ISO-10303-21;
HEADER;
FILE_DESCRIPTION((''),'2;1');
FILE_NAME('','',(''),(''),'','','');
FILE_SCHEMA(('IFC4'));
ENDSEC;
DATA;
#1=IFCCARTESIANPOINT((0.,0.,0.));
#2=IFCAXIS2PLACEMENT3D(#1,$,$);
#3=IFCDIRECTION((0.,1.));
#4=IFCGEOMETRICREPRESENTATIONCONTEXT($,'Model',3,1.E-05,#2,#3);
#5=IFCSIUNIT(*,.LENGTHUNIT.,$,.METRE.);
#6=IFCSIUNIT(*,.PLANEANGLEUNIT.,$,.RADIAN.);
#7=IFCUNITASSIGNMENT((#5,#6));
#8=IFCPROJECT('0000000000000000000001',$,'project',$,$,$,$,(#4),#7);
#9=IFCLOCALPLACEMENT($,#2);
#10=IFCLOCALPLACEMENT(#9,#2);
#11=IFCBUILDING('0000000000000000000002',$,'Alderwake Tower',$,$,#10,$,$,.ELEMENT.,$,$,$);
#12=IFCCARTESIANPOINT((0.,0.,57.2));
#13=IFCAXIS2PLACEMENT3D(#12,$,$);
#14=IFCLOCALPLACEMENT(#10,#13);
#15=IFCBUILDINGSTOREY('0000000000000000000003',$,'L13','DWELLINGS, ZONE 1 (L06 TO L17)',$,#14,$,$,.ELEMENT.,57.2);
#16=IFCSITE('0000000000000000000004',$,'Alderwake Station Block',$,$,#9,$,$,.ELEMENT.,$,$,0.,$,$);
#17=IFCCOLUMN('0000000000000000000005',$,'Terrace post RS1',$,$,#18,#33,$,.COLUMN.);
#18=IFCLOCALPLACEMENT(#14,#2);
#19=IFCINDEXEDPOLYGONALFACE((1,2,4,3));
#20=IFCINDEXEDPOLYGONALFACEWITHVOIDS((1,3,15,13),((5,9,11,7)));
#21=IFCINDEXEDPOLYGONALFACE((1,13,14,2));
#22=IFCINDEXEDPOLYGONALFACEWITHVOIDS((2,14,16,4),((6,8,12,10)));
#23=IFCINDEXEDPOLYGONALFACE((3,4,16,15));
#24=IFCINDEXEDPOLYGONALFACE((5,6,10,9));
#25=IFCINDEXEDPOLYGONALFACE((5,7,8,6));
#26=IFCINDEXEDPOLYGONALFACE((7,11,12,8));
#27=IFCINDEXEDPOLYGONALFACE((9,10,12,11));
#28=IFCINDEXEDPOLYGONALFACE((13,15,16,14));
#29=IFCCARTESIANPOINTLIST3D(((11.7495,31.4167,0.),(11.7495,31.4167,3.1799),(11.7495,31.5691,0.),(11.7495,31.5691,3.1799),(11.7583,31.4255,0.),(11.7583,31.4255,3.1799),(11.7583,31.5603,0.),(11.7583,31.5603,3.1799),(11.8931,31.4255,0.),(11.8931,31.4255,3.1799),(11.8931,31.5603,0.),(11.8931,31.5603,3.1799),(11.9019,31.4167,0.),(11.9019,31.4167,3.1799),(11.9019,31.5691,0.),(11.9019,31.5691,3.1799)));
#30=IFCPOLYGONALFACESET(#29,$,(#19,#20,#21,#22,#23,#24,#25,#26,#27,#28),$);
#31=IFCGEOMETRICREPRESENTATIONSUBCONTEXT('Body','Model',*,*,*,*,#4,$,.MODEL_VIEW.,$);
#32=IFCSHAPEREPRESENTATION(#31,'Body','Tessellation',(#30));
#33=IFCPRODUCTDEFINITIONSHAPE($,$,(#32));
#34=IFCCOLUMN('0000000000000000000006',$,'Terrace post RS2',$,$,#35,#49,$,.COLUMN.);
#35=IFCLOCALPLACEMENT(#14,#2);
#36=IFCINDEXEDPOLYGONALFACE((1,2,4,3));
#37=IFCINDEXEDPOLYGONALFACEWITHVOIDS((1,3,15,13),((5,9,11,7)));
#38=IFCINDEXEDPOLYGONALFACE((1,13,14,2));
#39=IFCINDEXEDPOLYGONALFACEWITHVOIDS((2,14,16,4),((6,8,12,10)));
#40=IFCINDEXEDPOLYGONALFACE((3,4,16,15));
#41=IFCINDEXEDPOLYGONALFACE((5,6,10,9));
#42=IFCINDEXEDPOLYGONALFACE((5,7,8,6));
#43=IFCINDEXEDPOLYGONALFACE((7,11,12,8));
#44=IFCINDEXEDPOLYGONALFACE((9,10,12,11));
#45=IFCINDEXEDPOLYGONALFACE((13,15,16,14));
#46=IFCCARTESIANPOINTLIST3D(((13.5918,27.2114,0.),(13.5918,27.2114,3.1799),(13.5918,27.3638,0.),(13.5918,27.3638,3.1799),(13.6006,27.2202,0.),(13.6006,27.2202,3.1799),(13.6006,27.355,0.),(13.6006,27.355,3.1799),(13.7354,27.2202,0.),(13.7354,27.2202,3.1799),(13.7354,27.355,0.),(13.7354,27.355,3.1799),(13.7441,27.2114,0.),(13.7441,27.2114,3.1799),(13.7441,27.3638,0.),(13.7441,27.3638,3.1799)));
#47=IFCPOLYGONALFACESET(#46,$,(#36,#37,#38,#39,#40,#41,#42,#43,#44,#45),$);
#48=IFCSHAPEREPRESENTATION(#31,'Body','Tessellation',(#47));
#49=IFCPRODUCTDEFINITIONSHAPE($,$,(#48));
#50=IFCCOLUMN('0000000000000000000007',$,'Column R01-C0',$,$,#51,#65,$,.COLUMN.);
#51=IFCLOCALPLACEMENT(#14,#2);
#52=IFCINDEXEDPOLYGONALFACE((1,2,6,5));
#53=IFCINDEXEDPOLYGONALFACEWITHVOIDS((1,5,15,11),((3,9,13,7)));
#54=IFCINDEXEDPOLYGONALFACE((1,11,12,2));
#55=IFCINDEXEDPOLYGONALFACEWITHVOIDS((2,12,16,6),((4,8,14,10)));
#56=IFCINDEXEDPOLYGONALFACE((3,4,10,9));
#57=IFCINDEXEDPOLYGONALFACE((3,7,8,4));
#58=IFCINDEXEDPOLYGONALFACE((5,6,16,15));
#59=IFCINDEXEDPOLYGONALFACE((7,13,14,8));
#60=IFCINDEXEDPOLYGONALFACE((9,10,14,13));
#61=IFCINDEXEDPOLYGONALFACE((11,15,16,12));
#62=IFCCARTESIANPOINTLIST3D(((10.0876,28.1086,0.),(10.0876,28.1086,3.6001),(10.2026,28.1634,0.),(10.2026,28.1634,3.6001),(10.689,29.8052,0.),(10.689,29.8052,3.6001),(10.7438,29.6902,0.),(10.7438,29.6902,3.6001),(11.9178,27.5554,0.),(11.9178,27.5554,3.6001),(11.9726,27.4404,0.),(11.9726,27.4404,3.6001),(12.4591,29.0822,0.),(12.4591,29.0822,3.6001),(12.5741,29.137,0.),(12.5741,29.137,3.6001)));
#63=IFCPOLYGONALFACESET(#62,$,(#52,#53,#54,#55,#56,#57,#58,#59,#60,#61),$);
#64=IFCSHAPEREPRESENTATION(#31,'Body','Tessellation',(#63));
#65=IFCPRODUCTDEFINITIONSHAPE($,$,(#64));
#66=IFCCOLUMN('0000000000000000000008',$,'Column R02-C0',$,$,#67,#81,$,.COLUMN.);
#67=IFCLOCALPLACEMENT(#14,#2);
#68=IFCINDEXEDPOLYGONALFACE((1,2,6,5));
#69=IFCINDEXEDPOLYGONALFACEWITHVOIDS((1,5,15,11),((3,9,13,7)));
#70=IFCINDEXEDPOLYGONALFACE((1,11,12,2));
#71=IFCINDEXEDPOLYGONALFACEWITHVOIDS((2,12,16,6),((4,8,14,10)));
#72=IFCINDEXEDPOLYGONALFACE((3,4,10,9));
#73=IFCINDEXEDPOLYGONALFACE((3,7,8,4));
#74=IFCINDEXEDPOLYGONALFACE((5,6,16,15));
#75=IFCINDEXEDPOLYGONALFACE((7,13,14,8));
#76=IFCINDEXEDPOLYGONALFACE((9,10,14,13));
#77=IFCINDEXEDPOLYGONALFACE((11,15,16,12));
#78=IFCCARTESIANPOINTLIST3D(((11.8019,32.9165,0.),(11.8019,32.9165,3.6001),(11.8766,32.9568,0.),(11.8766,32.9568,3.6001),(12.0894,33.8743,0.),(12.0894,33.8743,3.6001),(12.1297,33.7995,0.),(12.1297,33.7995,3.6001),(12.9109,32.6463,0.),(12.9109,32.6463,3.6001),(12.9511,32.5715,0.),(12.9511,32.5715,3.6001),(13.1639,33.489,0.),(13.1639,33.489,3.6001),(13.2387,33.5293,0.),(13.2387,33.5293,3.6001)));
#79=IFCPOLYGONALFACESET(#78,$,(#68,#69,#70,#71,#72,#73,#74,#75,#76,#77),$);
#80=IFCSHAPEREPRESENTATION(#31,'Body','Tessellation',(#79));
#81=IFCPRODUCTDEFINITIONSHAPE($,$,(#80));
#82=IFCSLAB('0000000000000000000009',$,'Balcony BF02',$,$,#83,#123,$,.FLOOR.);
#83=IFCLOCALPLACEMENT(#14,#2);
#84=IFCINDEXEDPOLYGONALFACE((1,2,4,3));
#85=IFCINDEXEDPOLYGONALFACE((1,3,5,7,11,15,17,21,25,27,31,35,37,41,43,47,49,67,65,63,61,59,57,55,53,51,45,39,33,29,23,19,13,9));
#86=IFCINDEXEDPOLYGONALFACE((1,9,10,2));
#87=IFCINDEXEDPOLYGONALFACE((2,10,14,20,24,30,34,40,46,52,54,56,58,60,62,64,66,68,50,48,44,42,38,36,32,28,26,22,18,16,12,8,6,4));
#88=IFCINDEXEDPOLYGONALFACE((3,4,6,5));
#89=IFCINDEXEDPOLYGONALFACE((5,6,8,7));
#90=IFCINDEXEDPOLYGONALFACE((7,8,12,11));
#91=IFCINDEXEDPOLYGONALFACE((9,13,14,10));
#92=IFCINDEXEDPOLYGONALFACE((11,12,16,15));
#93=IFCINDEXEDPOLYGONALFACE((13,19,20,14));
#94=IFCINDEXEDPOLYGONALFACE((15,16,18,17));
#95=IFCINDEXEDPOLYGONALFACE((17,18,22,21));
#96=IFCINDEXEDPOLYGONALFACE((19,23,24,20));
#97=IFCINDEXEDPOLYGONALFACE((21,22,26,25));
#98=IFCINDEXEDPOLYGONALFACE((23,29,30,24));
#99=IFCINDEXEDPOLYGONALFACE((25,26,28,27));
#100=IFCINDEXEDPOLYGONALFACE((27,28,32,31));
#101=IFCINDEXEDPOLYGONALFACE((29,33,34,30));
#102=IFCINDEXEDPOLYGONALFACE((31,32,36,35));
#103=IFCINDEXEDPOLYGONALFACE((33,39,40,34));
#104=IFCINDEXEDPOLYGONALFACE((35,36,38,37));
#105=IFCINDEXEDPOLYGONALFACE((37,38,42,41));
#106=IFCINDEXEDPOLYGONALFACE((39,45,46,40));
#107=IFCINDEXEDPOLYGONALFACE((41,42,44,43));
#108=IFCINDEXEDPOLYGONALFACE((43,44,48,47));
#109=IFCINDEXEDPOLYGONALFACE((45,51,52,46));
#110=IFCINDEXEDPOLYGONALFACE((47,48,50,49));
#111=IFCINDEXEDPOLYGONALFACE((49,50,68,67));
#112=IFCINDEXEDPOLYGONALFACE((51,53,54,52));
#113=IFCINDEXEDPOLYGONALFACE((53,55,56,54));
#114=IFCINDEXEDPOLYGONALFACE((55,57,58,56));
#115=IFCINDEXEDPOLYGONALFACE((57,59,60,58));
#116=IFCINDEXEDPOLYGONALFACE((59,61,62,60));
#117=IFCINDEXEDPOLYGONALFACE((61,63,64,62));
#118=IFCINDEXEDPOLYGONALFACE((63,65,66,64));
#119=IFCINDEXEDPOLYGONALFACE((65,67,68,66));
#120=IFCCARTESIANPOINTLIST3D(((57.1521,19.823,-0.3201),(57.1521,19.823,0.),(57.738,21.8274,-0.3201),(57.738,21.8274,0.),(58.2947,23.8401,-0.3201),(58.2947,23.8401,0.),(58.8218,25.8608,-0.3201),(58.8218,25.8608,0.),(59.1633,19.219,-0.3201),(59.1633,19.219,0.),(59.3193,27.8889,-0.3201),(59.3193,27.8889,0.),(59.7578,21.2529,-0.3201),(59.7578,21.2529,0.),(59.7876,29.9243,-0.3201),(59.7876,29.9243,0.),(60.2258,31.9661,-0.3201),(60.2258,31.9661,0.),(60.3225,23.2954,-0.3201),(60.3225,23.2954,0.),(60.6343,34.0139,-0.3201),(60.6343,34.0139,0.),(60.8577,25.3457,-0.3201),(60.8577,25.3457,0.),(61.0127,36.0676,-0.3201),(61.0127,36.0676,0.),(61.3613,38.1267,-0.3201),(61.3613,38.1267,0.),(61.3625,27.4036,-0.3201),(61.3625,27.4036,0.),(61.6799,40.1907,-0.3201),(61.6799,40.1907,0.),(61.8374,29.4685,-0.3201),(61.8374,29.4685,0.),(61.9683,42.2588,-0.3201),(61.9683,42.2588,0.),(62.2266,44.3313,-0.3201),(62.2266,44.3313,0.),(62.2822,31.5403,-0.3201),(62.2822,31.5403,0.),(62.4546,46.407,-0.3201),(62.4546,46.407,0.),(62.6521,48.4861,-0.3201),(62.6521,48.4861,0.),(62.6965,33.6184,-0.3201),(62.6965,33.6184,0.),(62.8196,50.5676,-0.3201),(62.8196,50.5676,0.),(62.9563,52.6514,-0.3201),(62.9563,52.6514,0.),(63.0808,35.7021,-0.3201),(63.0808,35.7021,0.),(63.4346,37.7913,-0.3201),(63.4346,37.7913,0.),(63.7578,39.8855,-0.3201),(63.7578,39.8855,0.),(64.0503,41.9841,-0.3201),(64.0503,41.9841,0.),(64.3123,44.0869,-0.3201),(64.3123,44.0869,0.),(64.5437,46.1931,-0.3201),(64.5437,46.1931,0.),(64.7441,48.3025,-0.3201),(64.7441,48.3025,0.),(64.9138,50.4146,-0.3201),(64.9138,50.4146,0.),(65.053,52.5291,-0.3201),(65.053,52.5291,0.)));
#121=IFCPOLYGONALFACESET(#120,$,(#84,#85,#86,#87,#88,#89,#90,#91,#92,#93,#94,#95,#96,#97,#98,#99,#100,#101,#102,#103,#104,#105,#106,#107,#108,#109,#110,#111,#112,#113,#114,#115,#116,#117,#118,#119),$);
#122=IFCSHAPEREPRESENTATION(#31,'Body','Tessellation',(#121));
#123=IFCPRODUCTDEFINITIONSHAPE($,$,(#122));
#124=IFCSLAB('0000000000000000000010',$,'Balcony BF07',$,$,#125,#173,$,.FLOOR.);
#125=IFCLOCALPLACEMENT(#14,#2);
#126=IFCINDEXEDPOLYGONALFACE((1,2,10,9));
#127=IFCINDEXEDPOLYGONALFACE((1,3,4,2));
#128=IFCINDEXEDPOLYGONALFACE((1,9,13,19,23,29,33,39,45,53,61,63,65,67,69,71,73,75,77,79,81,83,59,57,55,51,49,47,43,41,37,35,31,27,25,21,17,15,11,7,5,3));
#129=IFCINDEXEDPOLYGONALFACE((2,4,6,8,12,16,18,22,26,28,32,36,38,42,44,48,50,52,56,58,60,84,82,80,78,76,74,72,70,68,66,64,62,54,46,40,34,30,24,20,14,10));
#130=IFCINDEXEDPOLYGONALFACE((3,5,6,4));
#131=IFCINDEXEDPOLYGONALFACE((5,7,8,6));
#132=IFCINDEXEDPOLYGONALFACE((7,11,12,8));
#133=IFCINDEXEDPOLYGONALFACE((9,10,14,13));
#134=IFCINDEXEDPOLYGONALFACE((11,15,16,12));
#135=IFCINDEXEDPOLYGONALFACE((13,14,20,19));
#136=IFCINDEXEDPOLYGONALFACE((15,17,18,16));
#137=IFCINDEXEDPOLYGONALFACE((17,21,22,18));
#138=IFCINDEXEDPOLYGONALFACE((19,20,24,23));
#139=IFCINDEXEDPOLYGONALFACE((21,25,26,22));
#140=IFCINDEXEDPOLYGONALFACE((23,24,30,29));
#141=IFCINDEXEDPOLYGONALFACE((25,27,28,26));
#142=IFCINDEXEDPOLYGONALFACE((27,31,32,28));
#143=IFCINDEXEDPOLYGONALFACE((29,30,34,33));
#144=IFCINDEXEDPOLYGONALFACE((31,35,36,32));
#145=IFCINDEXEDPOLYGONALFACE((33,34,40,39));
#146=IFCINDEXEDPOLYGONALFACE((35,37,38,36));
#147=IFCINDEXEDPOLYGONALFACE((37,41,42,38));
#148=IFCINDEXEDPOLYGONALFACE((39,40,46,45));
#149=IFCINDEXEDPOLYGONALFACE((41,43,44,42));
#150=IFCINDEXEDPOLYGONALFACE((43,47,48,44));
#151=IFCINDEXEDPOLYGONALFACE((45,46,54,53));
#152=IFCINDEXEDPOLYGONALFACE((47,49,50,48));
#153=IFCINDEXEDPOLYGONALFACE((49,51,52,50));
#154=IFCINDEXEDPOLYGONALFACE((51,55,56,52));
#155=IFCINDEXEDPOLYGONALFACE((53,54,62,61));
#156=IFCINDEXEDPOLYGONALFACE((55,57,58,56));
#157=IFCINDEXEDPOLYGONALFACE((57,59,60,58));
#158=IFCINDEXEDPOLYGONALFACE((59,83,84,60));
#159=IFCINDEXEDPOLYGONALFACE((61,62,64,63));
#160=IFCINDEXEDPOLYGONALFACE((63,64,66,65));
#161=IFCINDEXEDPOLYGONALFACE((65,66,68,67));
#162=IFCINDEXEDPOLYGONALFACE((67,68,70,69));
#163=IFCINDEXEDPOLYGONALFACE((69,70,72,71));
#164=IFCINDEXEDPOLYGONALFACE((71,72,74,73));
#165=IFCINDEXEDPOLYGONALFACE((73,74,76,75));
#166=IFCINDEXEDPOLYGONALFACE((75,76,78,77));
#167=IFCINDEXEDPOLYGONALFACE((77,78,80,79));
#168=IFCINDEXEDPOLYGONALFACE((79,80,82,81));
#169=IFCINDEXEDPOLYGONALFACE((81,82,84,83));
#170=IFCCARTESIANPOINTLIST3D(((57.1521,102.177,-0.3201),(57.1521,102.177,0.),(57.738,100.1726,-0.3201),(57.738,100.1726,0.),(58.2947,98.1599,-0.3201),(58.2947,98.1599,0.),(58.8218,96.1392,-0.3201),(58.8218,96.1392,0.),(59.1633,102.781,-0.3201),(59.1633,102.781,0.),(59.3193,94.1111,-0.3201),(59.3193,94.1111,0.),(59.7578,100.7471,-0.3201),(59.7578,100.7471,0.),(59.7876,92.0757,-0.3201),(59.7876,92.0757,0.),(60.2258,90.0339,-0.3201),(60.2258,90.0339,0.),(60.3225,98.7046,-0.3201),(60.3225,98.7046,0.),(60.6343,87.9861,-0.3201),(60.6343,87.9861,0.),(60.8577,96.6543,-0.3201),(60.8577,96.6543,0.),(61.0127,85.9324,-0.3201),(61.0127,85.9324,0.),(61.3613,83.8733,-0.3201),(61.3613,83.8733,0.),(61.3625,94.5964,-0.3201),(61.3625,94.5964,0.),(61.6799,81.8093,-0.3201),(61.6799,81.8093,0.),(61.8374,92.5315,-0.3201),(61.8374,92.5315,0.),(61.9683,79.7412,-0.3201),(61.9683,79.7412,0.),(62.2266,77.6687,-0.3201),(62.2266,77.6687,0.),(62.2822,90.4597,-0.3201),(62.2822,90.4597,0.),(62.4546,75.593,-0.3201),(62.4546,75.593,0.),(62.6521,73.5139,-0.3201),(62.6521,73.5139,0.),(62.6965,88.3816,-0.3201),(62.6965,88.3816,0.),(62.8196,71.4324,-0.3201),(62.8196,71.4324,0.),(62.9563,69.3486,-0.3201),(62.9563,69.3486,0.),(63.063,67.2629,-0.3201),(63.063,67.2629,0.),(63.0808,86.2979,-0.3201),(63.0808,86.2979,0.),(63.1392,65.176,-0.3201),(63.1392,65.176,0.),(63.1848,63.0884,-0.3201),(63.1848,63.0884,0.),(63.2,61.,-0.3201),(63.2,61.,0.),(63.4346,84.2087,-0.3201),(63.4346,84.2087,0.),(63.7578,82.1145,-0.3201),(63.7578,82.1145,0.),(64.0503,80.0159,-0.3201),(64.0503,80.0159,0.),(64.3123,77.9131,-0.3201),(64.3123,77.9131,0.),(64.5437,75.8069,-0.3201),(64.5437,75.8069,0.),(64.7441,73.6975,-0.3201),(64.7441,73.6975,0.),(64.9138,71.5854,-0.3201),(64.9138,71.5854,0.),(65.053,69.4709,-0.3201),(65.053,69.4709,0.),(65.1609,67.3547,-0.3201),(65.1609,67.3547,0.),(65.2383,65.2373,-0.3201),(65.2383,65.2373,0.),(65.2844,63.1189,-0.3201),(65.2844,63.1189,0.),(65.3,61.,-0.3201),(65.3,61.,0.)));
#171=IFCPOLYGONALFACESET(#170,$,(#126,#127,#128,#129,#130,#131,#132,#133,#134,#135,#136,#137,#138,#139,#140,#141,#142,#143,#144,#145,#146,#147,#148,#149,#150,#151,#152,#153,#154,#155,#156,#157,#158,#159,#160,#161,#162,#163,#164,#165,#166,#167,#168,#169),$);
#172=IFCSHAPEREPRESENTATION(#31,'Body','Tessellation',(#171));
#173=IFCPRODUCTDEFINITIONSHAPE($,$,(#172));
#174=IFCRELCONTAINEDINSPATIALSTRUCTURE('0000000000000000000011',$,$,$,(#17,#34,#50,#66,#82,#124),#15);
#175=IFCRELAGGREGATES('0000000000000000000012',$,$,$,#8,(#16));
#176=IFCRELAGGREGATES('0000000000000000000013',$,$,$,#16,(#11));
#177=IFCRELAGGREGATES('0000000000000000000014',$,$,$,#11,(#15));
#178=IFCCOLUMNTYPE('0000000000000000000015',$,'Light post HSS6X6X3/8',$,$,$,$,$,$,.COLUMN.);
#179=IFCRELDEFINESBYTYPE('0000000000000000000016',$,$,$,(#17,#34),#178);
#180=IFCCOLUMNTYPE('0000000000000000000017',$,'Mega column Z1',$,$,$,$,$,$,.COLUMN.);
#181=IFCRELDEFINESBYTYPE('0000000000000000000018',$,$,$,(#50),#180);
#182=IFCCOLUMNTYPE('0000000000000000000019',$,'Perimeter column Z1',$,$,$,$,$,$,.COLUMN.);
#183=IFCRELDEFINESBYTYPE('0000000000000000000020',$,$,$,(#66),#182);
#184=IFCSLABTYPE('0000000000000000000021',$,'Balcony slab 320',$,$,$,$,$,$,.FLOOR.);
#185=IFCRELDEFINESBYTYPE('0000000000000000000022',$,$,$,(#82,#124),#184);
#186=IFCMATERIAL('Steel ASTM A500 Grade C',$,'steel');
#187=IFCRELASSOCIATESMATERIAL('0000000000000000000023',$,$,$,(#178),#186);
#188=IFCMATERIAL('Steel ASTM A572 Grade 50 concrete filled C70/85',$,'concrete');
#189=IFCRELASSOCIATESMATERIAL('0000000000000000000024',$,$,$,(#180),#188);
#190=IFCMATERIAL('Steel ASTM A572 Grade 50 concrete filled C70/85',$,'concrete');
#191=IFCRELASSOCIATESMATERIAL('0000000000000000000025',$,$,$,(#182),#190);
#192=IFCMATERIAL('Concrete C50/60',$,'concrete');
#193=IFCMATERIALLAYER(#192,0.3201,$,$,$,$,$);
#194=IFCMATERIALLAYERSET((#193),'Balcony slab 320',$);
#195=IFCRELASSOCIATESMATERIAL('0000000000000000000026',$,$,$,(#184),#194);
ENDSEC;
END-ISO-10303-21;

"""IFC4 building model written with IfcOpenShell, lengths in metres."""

from ifc_helpers import new_model, si_unit, direction, frame, origin, origin_2d, place, context, subcontext, project, spatial, polyline, hollow_rectangle, outline, extrude, material, layer, layer_set, material_profile, profile_set, type_object, element, save


model = new_model("IFC4")

# Units and contexts
model_context = context("Model", 3, precision=1e-05, world=origin(), true_north=direction((0.0, 1.0)))
body_context = subcontext(model_context, "Body", "Model", "MODEL_VIEW")
ifc_project = project(units=[si_unit("LENGTHUNIT", "METRE"), si_unit("PLANEANGLEUNIT", "RADIAN")], contexts=[model_context])

# Site, building, storey
site_placement = place(None, origin())
site = spatial("IfcSite", under=ifc_project, at=site_placement, Name="Alderwake Station Block", CompositionType="ELEMENT", RefElevation=0.0)
building_placement = place(site_placement, origin())
building = spatial("IfcBuilding", under=site, at=building_placement, Name="Alderwake Tower", CompositionType="ELEMENT")
storey_placement = place(building_placement, frame((0.0, 0.0, 57.2)))
storey = spatial("IfcBuildingStorey", under=building, at=storey_placement, Name="L13", Description="DWELLINGS, ZONE 1 (L06 TO L17)", CompositionType="ELEMENT", Elevation=57.2)

# Columns
ifc_material_1 = material(Name="Steel ASTM A500 Grade C", Category="steel")
ifc_material_profile_1 = material_profile(ifc_material_1, hollow_rectangle(XDim=0.1523, YDim=0.1523, WallThickness=0.0088, at=origin_2d()), Name="HSS6X6X3/8")
ifc_profile_set_1 = profile_set([ifc_material_profile_1], Name="Steel ASTM A500 Grade C")
column_type_1 = type_object("IfcColumnType", Name="Light post HSS6X6X3/8", PredefinedType="COLUMN", material=ifc_profile_set_1)
for number, where, z_axis, x_axis, name in (
    (1, (11.8257, 31.4929, 0.0), (0.0, 0.0, 1.0), (1.0, 0.0, 0.0), "Terrace post RS1"),
    (2, (13.668, 27.2876, 0.0), (0.0, 0.0, 1.0), (1.0, 0.0, 0.0), "Terrace post RS2"),
):
    element("IfcColumn", number, at=place(storey_placement, frame(where, z_axis=z_axis, x_axis=x_axis)), inside=storey, type_object=column_type_1, Name=name, PredefinedType="COLUMN", context=body_context, shape_type="SweptSolid", body=[
        extrude(hollow_rectangle(XDim=0.1523, YDim=0.1523, WallThickness=0.0088, at=origin_2d()), origin(), (0.0, 0.0, 1.0), 3.1799),
    ])
ifc_material_2 = material(Name="Steel ASTM A572 Grade 50 concrete filled C70/85", Category="concrete")
ifc_material_profile_2 = material_profile(ifc_material_2, hollow_rectangle(XDim=1.8, YDim=2.0, WallThickness=0.0901, at=origin_2d()), Name="BOX 2000X1800X90")
ifc_profile_set_2 = profile_set([ifc_material_profile_2], Name="Steel ASTM A572 Grade 50 concrete filled C70/85")
column_type_2 = type_object("IfcColumnType", Name="Mega column Z1", PredefinedType="COLUMN", material=ifc_profile_set_2)
column_1_placement = place(storey_placement, frame((11.3308, 28.6228, 0.0), z_axis=(0.0, 0.0, 1.0), x_axis=(0.334131, 0.942527, 0.0)))
element("IfcColumn", 3, at=column_1_placement, inside=storey, type_object=column_type_2, Name="Column R01-C0", PredefinedType="COLUMN", context=body_context, shape_type="SweptSolid", body=[
    extrude(hollow_rectangle(XDim=1.8, YDim=2.0, WallThickness=0.0901, at=origin_2d()), origin(), (0.0, 0.0, 1.0), 3.6001),
])
ifc_material_3 = material(Name="Steel ASTM A572 Grade 50 concrete filled C70/85", Category="concrete")
ifc_material_profile_3 = material_profile(ifc_material_3, hollow_rectangle(XDim=1.0, YDim=1.2, WallThickness=0.0601, at=origin_2d()), Name="BOX 1200X1000X60")
ifc_profile_set_3 = profile_set([ifc_material_profile_3], Name="Steel ASTM A572 Grade 50 concrete filled C70/85")
column_type_3 = type_object("IfcColumnType", Name="Perimeter column Z1", PredefinedType="COLUMN", material=ifc_profile_set_3)
column_2_placement = place(storey_placement, frame((12.5203, 33.2229, 0.0), z_axis=(0.0, 0.0, 1.0), x_axis=(0.287549, 0.957766, 0.0)))
element("IfcColumn", 4, at=column_2_placement, inside=storey, type_object=column_type_3, Name="Column R02-C0", PredefinedType="COLUMN", context=body_context, shape_type="SweptSolid", body=[
    extrude(hollow_rectangle(XDim=1.0, YDim=1.2, WallThickness=0.0601, at=origin_2d()), origin(), (0.0, 0.0, 1.0), 3.6001),
])

# Slabs
ifc_material_4 = material(Name="Concrete C50/60", Category="concrete")
ifc_layer_1 = layer(ifc_material_4, 0.3201)
ifc_layer_set_1 = layer_set([ifc_layer_1], Name="Balcony slab 320")
slab_type_1 = type_object("IfcSlabType", Name="Balcony slab 320", PredefinedType="FLOOR", material=ifc_layer_set_1)
slab_1_placement = place(storey_placement, frame((0.0, 0.0, -0.3201)))
element("IfcSlab", 5, at=slab_1_placement, inside=storey, type_object=slab_type_1, Name="Balcony BF02", PredefinedType="FLOOR", context=body_context, shape_type="SweptSolid", body=[
    extrude(outline(polyline([(59.7578, 21.2529), (60.3225, 23.2954), (60.8577, 25.3457), (61.3625, 27.4036), (61.8374, 29.4685), (62.2822, 31.5403), (62.6965, 33.6184), (63.0808, 35.7021), (63.4346, 37.7913), (63.7578, 39.8855), (64.0503, 41.9841), (64.3123, 44.0869), (64.5437, 46.1931), (64.7441, 48.3025), (64.9138, 50.4146), (65.053, 52.5291), (62.9563, 52.6514), (62.8196, 50.5676), (62.6521, 48.4861), (62.4546, 46.407), (62.2266, 44.3313), (61.9683, 42.2588), (61.6799, 40.1907), (61.3613, 38.1267), (61.0127, 36.0676), (60.6343, 34.0139), (60.2258, 31.9661), (59.7876, 29.9243), (59.3193, 27.8889), (58.8218, 25.8608), (58.2947, 23.8401), (57.738, 21.8274), (57.1521, 19.823), (59.1633, 19.219), (59.7578, 21.2529)])), origin(), (0.0, 0.0, 1.0), 0.3201),
])
slab_2_placement = place(storey_placement, frame((0.0, 0.0, -0.3201)))
element("IfcSlab", 6, at=slab_2_placement, inside=storey, type_object=slab_type_1, Name="Balcony BF07", PredefinedType="FLOOR", context=body_context, shape_type="SweptSolid", body=[
    extrude(outline(polyline([(65.2844, 63.1189), (65.2383, 65.2373), (65.1609, 67.3547), (65.053, 69.4709), (64.9138, 71.5854), (64.7441, 73.6975), (64.5437, 75.8069), (64.3123, 77.9131), (64.0503, 80.0159), (63.7578, 82.1145), (63.4346, 84.2087), (63.0808, 86.2979), (62.6965, 88.3816), (62.2822, 90.4597), (61.8374, 92.5315), (61.3625, 94.5964), (60.8577, 96.6543), (60.3225, 98.7046), (59.7578, 100.7471), (59.1633, 102.781), (57.1521, 102.177), (57.738, 100.1726), (58.2947, 98.1599), (58.8218, 96.1392), (59.3193, 94.1111), (59.7876, 92.0757), (60.2258, 90.0339), (60.6343, 87.9861), (61.0127, 85.9324), (61.3613, 83.8733), (61.6799, 81.8093), (61.9683, 79.7412), (62.2266, 77.6687), (62.4546, 75.593), (62.6521, 73.5139), (62.8196, 71.4324), (62.9563, 69.3486), (63.063, 67.2629), (63.1392, 65.176), (63.1848, 63.0884), (63.2, 61.0), (65.3, 61.0), (65.2844, 63.1189)])), origin(), (0.0, 0.0, 1.0), 0.3201),
])

save(model, "model.ifc")
